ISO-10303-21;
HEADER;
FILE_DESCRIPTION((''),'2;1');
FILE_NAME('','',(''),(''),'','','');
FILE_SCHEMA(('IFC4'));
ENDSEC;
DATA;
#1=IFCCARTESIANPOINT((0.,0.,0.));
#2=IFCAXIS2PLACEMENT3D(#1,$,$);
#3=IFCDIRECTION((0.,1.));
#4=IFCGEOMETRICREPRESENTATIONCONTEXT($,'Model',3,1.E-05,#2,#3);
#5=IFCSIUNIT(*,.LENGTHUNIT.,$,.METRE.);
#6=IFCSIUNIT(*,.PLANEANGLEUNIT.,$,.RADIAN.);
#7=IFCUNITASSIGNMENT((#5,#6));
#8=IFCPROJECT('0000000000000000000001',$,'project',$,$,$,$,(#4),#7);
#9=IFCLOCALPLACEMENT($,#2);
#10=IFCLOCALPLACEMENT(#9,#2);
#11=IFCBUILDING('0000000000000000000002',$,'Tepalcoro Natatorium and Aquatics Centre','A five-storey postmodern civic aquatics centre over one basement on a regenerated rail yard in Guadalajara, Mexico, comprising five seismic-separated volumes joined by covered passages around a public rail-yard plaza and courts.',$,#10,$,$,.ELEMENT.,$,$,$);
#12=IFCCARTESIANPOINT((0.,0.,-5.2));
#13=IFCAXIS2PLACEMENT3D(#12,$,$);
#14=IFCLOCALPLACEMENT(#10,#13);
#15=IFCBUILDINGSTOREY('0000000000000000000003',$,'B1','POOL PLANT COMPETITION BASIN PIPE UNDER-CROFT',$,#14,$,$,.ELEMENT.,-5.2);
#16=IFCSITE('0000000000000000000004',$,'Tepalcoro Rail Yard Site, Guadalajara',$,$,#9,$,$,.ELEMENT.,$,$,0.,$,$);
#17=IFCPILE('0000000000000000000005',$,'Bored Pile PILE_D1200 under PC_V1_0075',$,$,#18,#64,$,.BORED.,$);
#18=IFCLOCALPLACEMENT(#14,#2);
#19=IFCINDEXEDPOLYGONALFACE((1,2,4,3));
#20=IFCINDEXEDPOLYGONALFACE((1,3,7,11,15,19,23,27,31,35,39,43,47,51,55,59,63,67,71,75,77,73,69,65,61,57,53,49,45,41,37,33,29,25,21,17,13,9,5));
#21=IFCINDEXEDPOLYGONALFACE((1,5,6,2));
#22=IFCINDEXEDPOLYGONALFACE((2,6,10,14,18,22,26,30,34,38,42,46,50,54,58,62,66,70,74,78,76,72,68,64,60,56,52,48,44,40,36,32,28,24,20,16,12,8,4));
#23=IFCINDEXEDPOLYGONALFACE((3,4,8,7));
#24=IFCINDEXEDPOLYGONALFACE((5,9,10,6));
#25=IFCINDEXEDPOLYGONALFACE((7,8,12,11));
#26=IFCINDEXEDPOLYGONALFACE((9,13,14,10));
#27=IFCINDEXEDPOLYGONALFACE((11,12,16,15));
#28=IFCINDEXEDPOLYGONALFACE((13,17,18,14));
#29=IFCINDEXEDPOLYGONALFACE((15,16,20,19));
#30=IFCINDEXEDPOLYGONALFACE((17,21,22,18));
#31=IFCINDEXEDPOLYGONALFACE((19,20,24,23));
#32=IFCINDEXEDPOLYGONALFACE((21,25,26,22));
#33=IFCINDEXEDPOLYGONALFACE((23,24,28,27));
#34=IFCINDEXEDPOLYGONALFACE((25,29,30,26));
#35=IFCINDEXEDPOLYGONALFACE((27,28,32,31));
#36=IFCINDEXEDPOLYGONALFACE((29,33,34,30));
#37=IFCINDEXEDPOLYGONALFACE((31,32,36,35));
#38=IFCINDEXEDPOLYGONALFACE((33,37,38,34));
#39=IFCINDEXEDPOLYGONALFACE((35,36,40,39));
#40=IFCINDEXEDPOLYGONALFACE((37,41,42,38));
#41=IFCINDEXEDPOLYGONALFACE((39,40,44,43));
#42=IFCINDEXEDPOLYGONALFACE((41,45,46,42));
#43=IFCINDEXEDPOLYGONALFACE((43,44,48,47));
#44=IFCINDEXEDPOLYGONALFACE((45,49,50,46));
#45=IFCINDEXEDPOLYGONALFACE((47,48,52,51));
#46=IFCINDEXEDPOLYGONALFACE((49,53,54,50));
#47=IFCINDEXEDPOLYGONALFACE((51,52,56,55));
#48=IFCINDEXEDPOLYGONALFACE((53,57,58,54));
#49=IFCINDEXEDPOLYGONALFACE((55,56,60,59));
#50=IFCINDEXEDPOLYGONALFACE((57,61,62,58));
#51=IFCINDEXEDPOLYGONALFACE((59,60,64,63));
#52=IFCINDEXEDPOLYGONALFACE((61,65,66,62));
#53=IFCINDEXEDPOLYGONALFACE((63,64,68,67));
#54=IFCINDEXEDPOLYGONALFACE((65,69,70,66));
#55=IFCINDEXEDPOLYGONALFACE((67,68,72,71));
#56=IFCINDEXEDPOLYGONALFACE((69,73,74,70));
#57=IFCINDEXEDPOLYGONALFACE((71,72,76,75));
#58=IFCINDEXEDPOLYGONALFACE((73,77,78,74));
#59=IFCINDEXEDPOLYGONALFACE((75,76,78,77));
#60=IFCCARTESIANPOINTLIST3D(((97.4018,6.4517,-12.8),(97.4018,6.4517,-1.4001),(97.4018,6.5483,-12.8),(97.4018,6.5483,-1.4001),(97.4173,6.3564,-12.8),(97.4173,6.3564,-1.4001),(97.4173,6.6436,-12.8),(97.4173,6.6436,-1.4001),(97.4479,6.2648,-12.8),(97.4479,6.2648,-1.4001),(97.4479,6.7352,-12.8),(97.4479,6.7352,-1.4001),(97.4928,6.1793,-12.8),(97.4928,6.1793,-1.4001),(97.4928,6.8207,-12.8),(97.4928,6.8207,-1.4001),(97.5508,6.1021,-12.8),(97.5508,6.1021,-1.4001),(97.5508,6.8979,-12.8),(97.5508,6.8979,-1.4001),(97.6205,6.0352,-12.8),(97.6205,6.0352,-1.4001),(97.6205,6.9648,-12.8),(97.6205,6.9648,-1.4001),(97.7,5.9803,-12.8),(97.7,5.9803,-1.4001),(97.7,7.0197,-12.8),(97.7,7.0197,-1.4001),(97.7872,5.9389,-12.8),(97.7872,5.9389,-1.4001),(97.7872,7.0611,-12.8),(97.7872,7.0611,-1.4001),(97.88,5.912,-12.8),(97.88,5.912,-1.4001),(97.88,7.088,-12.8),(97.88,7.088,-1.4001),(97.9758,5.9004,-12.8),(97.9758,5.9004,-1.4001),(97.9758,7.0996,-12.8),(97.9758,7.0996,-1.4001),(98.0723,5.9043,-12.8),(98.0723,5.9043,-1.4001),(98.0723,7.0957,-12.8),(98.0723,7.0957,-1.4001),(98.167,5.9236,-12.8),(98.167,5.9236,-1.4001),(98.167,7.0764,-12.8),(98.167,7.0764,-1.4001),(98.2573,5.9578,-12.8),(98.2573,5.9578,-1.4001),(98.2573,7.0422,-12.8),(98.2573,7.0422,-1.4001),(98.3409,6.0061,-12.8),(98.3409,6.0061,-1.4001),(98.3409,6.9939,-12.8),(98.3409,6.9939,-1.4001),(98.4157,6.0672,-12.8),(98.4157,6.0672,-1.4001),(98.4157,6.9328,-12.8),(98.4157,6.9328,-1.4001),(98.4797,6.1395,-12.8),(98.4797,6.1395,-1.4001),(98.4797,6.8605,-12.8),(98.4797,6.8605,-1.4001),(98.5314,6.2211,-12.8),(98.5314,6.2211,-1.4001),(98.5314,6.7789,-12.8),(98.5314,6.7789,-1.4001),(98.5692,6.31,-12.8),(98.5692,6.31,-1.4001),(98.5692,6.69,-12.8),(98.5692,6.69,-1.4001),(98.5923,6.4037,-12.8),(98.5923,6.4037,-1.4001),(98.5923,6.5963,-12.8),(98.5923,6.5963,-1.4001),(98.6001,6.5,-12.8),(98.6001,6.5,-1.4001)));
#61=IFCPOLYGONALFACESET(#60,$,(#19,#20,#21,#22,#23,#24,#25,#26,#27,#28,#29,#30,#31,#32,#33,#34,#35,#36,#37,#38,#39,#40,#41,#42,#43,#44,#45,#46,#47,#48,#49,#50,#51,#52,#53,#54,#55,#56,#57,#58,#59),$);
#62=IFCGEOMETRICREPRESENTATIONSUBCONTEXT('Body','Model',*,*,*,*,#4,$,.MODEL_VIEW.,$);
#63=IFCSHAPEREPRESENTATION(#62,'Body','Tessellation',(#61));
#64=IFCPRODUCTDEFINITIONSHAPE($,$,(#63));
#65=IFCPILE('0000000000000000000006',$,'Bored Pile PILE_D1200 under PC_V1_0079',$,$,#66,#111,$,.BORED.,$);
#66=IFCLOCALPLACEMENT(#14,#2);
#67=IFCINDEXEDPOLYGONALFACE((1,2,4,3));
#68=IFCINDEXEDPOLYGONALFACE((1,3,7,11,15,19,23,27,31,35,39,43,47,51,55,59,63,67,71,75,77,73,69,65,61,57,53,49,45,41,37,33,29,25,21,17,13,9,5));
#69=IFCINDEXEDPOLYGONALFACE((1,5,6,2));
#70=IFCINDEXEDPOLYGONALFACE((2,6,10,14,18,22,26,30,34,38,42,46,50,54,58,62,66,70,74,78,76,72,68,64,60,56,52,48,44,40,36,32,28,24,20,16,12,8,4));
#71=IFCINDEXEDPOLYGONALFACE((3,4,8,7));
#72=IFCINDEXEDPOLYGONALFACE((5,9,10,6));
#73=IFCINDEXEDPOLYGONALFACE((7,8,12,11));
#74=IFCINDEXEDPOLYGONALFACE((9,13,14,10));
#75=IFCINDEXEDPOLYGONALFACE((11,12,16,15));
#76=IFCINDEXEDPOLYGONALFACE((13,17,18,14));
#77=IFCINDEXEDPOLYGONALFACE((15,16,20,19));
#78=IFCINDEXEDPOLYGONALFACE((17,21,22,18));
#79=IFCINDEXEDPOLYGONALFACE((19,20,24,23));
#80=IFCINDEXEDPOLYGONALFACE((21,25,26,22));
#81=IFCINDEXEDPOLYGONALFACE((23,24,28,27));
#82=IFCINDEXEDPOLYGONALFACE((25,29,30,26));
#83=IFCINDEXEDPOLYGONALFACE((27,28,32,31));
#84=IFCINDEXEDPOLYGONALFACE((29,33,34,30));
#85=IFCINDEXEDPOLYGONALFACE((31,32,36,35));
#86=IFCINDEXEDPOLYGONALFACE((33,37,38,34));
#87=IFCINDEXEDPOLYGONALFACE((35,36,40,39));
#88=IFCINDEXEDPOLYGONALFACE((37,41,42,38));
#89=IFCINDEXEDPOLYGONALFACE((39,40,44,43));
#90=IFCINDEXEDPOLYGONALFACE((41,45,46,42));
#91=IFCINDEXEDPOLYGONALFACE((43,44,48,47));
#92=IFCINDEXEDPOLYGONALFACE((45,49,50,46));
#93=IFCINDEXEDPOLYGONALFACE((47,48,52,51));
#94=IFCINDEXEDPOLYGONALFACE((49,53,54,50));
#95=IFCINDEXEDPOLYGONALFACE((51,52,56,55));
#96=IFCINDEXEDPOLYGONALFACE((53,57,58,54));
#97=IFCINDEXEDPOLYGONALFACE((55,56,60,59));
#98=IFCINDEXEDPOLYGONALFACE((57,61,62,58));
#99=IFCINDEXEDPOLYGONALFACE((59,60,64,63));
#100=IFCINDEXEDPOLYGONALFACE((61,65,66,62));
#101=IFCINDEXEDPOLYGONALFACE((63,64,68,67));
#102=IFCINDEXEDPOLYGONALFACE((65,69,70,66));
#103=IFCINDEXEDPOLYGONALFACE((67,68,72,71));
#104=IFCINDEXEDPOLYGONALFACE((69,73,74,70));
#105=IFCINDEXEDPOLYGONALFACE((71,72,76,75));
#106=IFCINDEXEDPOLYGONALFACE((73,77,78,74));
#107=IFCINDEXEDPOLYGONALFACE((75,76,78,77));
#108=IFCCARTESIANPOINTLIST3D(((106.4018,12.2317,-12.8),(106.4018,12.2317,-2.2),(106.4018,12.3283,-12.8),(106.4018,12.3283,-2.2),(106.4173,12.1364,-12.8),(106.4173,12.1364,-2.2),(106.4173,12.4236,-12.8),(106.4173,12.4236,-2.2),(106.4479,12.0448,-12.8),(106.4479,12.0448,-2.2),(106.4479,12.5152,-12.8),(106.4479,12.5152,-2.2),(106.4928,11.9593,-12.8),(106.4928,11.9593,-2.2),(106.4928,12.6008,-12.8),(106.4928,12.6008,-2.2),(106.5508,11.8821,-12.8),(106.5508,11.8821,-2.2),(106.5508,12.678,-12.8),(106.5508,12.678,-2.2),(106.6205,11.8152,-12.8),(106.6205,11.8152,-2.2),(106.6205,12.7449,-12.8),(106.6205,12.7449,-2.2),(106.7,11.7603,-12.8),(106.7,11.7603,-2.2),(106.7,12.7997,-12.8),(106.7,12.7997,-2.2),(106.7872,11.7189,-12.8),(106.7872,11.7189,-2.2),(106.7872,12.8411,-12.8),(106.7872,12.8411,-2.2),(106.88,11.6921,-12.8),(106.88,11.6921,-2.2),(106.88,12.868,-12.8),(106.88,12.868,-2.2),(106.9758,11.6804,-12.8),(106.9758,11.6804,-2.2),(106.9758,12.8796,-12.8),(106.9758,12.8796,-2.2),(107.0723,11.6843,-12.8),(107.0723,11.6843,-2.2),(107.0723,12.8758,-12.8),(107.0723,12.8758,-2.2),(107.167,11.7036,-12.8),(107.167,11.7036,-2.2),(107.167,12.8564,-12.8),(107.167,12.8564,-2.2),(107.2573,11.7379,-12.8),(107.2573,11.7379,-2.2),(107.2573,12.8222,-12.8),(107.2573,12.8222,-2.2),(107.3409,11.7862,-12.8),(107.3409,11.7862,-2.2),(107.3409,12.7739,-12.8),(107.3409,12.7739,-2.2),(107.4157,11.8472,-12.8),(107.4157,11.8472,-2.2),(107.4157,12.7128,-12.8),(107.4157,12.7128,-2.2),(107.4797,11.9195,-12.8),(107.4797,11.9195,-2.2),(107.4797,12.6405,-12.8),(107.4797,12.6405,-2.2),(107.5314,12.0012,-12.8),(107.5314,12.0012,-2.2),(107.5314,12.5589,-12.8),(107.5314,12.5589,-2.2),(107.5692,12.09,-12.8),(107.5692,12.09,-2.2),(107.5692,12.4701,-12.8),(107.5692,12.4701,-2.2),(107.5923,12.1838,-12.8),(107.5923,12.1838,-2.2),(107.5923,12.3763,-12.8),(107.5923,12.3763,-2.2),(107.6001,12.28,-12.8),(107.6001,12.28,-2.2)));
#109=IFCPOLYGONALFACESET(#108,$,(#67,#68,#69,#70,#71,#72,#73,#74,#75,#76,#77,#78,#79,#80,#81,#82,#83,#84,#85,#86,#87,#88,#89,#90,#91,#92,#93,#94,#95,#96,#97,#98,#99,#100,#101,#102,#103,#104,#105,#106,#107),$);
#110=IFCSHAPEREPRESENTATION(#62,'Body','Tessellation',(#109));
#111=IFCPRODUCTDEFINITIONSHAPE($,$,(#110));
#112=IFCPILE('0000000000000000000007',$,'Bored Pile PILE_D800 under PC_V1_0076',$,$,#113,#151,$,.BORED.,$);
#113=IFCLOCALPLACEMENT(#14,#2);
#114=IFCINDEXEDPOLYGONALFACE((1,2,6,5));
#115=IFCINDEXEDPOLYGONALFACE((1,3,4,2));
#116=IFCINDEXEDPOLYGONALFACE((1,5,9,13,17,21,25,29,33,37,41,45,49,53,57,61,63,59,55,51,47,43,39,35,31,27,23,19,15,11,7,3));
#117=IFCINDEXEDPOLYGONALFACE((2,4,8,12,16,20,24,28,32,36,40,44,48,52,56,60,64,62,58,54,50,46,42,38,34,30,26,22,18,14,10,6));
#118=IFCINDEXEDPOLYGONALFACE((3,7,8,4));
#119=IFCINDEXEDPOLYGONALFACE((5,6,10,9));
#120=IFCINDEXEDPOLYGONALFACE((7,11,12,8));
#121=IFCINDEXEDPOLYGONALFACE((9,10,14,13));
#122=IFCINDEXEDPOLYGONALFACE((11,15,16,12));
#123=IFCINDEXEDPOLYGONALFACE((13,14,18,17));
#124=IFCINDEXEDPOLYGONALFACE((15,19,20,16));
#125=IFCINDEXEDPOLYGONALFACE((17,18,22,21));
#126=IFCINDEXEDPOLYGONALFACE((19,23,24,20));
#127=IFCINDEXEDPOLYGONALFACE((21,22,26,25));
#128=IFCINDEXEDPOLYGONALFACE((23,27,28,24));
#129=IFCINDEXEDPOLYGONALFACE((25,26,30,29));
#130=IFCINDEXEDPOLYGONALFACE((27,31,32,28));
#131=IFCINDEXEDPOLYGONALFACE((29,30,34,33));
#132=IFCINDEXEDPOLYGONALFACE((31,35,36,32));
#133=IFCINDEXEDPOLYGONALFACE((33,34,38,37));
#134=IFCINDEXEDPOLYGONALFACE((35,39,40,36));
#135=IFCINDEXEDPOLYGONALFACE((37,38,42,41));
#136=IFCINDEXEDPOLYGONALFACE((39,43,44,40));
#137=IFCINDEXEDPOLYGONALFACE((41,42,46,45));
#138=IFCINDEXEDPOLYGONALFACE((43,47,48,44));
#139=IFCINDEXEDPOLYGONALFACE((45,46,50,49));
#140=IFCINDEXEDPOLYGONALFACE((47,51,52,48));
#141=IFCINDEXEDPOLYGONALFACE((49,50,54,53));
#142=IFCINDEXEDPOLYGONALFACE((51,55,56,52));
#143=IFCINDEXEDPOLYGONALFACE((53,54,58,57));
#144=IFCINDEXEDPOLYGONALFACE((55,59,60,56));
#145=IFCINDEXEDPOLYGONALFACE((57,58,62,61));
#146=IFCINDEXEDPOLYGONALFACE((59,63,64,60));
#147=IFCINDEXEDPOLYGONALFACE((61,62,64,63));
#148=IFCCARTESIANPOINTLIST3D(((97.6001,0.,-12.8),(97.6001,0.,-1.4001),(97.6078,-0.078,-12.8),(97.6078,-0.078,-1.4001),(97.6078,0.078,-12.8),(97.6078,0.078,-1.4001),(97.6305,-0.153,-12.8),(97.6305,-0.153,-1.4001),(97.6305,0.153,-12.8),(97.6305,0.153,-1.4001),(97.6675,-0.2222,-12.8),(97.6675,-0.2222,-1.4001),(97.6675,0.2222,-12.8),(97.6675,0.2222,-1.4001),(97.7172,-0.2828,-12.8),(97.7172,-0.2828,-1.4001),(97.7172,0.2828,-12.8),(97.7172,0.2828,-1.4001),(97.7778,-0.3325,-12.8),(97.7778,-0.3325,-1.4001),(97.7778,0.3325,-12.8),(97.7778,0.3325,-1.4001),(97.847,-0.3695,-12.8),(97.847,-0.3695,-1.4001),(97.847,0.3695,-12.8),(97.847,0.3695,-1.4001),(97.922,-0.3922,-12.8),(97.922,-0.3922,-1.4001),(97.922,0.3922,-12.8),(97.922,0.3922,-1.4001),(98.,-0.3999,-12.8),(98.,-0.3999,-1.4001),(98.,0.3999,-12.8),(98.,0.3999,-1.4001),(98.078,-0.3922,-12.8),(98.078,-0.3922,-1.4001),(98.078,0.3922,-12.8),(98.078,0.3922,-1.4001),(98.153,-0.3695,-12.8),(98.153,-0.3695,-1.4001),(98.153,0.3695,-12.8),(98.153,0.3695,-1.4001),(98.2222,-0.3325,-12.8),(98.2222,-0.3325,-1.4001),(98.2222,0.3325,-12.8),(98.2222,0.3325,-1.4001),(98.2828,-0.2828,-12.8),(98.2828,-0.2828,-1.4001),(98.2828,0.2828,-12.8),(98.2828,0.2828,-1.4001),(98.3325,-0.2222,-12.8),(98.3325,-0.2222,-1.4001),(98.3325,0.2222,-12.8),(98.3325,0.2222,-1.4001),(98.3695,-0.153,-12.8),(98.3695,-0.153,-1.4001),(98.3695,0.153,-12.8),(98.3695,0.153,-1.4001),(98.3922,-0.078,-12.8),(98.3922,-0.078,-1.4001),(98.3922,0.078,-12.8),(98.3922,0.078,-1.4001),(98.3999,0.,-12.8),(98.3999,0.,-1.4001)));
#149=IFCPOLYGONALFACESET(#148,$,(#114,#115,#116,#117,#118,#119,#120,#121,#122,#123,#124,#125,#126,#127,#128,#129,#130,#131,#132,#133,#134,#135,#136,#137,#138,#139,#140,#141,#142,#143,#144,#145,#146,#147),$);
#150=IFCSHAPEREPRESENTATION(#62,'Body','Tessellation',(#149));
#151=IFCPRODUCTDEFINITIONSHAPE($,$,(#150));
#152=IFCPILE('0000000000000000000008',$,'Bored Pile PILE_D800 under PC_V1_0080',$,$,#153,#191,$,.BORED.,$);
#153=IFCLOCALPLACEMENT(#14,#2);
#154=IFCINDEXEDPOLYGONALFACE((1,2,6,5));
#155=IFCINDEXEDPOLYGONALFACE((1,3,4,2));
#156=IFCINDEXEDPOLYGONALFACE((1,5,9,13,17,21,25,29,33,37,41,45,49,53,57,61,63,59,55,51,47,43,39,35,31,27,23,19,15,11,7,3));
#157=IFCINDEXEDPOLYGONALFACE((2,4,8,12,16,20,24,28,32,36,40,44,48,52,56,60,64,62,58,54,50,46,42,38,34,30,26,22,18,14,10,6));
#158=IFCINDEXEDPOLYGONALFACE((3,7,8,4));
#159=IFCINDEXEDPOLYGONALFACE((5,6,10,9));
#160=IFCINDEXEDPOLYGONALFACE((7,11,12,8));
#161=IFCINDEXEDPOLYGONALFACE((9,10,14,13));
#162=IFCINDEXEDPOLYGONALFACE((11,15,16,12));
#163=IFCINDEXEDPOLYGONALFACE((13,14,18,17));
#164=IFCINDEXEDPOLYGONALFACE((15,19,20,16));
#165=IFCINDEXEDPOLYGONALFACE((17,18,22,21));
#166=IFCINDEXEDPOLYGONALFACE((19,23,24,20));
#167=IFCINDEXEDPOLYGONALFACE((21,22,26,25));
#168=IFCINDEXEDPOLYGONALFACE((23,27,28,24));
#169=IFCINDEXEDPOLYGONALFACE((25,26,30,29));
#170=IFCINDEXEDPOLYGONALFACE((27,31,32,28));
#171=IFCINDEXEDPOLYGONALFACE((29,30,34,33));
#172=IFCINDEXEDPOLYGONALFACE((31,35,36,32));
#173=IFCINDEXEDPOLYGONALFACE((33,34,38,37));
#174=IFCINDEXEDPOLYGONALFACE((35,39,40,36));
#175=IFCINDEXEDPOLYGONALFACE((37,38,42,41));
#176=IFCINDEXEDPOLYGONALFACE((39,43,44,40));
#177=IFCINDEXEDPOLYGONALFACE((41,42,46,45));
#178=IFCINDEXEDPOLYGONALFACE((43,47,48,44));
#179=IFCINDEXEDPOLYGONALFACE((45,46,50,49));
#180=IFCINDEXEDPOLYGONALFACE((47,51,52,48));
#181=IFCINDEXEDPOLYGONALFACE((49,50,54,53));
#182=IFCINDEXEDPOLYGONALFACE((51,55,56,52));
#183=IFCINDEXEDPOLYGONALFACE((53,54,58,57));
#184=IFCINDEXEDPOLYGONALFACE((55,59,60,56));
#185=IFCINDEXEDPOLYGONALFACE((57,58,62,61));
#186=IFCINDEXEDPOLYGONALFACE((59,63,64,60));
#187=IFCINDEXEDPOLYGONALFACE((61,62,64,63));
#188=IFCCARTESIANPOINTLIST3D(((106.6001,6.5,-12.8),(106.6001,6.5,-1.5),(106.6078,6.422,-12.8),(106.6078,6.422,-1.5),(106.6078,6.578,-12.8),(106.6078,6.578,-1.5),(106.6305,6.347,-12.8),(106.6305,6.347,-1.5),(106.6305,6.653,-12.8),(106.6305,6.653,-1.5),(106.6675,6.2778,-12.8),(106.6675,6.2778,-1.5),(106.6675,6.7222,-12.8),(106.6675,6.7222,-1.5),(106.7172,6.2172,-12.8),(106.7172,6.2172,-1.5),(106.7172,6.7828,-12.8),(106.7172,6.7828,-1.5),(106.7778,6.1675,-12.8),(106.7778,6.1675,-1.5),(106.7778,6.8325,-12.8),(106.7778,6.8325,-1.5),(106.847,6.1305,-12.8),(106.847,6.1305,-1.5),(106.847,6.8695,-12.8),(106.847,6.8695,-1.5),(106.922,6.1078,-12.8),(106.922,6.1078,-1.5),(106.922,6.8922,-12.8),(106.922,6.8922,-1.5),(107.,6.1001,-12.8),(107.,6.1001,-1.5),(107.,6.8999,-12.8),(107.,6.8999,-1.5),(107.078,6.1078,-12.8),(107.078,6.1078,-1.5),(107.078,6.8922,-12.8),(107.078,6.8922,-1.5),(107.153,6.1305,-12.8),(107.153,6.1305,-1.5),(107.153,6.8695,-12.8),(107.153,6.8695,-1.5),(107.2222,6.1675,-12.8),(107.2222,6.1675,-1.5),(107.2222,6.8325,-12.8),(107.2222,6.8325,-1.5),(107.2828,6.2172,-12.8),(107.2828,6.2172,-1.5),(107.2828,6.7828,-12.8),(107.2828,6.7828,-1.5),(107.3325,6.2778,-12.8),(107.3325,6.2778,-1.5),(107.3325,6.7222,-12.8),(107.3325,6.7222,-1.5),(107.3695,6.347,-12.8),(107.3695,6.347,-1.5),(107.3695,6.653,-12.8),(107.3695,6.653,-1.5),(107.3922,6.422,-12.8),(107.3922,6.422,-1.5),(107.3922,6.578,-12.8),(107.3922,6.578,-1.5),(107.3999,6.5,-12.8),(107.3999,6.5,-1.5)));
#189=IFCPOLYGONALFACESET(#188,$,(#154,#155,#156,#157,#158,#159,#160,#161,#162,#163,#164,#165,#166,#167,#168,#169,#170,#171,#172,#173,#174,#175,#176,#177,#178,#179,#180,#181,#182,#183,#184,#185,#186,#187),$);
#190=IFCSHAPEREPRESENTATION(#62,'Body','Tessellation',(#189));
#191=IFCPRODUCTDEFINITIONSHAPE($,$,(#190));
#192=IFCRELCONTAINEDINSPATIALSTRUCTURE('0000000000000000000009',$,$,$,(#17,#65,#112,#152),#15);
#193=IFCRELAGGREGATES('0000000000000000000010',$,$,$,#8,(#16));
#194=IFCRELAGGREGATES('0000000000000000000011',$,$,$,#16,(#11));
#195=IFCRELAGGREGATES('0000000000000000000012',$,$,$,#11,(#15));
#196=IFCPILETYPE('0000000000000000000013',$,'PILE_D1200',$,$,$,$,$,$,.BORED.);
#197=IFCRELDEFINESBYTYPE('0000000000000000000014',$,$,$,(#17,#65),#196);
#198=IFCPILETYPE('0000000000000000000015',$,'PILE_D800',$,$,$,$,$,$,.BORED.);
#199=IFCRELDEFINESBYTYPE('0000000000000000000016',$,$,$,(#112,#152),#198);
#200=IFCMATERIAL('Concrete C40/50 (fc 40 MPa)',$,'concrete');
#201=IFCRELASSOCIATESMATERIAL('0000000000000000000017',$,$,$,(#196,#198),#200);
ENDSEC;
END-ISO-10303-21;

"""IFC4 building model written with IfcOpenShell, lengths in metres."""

from ifc_helpers import new_model, si_unit, direction, frame, origin, origin_2d, place, context, subcontext, project, spatial, circle, extrude, material, material_profile, profile_set, type_object, element, save


model = new_model("IFC4")

# Units and contexts
model_context = context("Model", 3, precision=1e-05, world=origin(), true_north=direction((0.0, 1.0)))
body_context = subcontext(model_context, "Body", "Model", "MODEL_VIEW")
ifc_project = project(units=[si_unit("LENGTHUNIT", "METRE"), si_unit("PLANEANGLEUNIT", "RADIAN")], contexts=[model_context])

# Site, building, storey
site_placement = place(None, origin())
site = spatial("IfcSite", under=ifc_project, at=site_placement, Name="Tepalcoro Rail Yard Site, Guadalajara", CompositionType="ELEMENT", RefElevation=0.0)
building_placement = place(site_placement, origin())
building = spatial("IfcBuilding", under=site, at=building_placement, Name="Tepalcoro Natatorium and Aquatics Centre", Description="A five-storey postmodern civic aquatics centre over one basement on a regenerated rail yard in Guadalajara, Mexico, comprising five seismic-separated volumes joined by covered passages around a public rail-yard plaza and courts.", CompositionType="ELEMENT")
storey_placement = place(building_placement, frame((0.0, 0.0, -5.2)))
storey = spatial("IfcBuildingStorey", under=building, at=storey_placement, Name="B1", Description="POOL PLANT COMPETITION BASIN PIPE UNDER-CROFT", CompositionType="ELEMENT", Elevation=-5.2)

# Piles
ifc_material_1 = material(Name="Concrete C40/50 (fc 40 MPa)", Category="concrete")
ifc_material_profile_1 = material_profile(ifc_material_1, circle(Radius=0.6001, at=origin_2d()), Name="PILE_D1200")
ifc_profile_set_1 = profile_set([ifc_material_profile_1], Name="Concrete C40/50 (fc 40 MPa)")
pile_type_1 = type_object("IfcPileType", Name="PILE_D1200", PredefinedType="BORED", material=ifc_profile_set_1)
pile_1_placement = place(storey_placement, frame((98.0, 6.5, -1.4001), z_axis=(0.0, 0.0, -1.0), x_axis=(1.0, 0.0, 0.0)))
element("IfcPile", 1, at=pile_1_placement, inside=storey, type_object=pile_type_1, Name="Bored Pile PILE_D1200 under PC_V1_0075", PredefinedType="BORED", context=body_context, shape_type="SweptSolid", body=[
    extrude(circle(Radius=0.6001, at=origin_2d()), origin(), (0.0, 0.0, 1.0), 11.3999),
])
pile_2_placement = place(storey_placement, frame((107.0, 12.28, -2.2), z_axis=(0.0, 0.0, -1.0), x_axis=(1.0, 0.0, 0.0)))
element("IfcPile", 2, at=pile_2_placement, inside=storey, type_object=pile_type_1, Name="Bored Pile PILE_D1200 under PC_V1_0079", PredefinedType="BORED", context=body_context, shape_type="SweptSolid", body=[
    extrude(circle(Radius=0.6001, at=origin_2d()), origin(), (0.0, 0.0, 1.0), 10.6001),
])
ifc_material_profile_2 = material_profile(ifc_material_1, circle(Radius=0.3999, at=origin_2d()), Name="PILE_D800")
ifc_profile_set_2 = profile_set([ifc_material_profile_2], Name="Concrete C40/50 (fc 40 MPa)")
pile_type_2 = type_object("IfcPileType", Name="PILE_D800", PredefinedType="BORED", material=ifc_profile_set_2)
pile_3_placement = place(storey_placement, frame((98.0, 0.0, -1.4001), z_axis=(0.0, 0.0, -1.0), x_axis=(1.0, 0.0, 0.0)))
element("IfcPile", 3, at=pile_3_placement, inside=storey, type_object=pile_type_2, Name="Bored Pile PILE_D800 under PC_V1_0076", PredefinedType="BORED", context=body_context, shape_type="SweptSolid", body=[
    extrude(circle(Radius=0.3999, at=origin_2d()), origin(), (0.0, 0.0, 1.0), 11.3999),
])
pile_4_placement = place(storey_placement, frame((107.0, 6.5, -1.5), z_axis=(0.0, 0.0, -1.0), x_axis=(1.0, 0.0, 0.0)))
element("IfcPile", 4, at=pile_4_placement, inside=storey, type_object=pile_type_2, Name="Bored Pile PILE_D800 under PC_V1_0080", PredefinedType="BORED", context=body_context, shape_type="SweptSolid", body=[
    extrude(circle(Radius=0.3999, at=origin_2d()), origin(), (0.0, 0.0, 1.0), 11.3),
])

save(model, "model.ifc")
